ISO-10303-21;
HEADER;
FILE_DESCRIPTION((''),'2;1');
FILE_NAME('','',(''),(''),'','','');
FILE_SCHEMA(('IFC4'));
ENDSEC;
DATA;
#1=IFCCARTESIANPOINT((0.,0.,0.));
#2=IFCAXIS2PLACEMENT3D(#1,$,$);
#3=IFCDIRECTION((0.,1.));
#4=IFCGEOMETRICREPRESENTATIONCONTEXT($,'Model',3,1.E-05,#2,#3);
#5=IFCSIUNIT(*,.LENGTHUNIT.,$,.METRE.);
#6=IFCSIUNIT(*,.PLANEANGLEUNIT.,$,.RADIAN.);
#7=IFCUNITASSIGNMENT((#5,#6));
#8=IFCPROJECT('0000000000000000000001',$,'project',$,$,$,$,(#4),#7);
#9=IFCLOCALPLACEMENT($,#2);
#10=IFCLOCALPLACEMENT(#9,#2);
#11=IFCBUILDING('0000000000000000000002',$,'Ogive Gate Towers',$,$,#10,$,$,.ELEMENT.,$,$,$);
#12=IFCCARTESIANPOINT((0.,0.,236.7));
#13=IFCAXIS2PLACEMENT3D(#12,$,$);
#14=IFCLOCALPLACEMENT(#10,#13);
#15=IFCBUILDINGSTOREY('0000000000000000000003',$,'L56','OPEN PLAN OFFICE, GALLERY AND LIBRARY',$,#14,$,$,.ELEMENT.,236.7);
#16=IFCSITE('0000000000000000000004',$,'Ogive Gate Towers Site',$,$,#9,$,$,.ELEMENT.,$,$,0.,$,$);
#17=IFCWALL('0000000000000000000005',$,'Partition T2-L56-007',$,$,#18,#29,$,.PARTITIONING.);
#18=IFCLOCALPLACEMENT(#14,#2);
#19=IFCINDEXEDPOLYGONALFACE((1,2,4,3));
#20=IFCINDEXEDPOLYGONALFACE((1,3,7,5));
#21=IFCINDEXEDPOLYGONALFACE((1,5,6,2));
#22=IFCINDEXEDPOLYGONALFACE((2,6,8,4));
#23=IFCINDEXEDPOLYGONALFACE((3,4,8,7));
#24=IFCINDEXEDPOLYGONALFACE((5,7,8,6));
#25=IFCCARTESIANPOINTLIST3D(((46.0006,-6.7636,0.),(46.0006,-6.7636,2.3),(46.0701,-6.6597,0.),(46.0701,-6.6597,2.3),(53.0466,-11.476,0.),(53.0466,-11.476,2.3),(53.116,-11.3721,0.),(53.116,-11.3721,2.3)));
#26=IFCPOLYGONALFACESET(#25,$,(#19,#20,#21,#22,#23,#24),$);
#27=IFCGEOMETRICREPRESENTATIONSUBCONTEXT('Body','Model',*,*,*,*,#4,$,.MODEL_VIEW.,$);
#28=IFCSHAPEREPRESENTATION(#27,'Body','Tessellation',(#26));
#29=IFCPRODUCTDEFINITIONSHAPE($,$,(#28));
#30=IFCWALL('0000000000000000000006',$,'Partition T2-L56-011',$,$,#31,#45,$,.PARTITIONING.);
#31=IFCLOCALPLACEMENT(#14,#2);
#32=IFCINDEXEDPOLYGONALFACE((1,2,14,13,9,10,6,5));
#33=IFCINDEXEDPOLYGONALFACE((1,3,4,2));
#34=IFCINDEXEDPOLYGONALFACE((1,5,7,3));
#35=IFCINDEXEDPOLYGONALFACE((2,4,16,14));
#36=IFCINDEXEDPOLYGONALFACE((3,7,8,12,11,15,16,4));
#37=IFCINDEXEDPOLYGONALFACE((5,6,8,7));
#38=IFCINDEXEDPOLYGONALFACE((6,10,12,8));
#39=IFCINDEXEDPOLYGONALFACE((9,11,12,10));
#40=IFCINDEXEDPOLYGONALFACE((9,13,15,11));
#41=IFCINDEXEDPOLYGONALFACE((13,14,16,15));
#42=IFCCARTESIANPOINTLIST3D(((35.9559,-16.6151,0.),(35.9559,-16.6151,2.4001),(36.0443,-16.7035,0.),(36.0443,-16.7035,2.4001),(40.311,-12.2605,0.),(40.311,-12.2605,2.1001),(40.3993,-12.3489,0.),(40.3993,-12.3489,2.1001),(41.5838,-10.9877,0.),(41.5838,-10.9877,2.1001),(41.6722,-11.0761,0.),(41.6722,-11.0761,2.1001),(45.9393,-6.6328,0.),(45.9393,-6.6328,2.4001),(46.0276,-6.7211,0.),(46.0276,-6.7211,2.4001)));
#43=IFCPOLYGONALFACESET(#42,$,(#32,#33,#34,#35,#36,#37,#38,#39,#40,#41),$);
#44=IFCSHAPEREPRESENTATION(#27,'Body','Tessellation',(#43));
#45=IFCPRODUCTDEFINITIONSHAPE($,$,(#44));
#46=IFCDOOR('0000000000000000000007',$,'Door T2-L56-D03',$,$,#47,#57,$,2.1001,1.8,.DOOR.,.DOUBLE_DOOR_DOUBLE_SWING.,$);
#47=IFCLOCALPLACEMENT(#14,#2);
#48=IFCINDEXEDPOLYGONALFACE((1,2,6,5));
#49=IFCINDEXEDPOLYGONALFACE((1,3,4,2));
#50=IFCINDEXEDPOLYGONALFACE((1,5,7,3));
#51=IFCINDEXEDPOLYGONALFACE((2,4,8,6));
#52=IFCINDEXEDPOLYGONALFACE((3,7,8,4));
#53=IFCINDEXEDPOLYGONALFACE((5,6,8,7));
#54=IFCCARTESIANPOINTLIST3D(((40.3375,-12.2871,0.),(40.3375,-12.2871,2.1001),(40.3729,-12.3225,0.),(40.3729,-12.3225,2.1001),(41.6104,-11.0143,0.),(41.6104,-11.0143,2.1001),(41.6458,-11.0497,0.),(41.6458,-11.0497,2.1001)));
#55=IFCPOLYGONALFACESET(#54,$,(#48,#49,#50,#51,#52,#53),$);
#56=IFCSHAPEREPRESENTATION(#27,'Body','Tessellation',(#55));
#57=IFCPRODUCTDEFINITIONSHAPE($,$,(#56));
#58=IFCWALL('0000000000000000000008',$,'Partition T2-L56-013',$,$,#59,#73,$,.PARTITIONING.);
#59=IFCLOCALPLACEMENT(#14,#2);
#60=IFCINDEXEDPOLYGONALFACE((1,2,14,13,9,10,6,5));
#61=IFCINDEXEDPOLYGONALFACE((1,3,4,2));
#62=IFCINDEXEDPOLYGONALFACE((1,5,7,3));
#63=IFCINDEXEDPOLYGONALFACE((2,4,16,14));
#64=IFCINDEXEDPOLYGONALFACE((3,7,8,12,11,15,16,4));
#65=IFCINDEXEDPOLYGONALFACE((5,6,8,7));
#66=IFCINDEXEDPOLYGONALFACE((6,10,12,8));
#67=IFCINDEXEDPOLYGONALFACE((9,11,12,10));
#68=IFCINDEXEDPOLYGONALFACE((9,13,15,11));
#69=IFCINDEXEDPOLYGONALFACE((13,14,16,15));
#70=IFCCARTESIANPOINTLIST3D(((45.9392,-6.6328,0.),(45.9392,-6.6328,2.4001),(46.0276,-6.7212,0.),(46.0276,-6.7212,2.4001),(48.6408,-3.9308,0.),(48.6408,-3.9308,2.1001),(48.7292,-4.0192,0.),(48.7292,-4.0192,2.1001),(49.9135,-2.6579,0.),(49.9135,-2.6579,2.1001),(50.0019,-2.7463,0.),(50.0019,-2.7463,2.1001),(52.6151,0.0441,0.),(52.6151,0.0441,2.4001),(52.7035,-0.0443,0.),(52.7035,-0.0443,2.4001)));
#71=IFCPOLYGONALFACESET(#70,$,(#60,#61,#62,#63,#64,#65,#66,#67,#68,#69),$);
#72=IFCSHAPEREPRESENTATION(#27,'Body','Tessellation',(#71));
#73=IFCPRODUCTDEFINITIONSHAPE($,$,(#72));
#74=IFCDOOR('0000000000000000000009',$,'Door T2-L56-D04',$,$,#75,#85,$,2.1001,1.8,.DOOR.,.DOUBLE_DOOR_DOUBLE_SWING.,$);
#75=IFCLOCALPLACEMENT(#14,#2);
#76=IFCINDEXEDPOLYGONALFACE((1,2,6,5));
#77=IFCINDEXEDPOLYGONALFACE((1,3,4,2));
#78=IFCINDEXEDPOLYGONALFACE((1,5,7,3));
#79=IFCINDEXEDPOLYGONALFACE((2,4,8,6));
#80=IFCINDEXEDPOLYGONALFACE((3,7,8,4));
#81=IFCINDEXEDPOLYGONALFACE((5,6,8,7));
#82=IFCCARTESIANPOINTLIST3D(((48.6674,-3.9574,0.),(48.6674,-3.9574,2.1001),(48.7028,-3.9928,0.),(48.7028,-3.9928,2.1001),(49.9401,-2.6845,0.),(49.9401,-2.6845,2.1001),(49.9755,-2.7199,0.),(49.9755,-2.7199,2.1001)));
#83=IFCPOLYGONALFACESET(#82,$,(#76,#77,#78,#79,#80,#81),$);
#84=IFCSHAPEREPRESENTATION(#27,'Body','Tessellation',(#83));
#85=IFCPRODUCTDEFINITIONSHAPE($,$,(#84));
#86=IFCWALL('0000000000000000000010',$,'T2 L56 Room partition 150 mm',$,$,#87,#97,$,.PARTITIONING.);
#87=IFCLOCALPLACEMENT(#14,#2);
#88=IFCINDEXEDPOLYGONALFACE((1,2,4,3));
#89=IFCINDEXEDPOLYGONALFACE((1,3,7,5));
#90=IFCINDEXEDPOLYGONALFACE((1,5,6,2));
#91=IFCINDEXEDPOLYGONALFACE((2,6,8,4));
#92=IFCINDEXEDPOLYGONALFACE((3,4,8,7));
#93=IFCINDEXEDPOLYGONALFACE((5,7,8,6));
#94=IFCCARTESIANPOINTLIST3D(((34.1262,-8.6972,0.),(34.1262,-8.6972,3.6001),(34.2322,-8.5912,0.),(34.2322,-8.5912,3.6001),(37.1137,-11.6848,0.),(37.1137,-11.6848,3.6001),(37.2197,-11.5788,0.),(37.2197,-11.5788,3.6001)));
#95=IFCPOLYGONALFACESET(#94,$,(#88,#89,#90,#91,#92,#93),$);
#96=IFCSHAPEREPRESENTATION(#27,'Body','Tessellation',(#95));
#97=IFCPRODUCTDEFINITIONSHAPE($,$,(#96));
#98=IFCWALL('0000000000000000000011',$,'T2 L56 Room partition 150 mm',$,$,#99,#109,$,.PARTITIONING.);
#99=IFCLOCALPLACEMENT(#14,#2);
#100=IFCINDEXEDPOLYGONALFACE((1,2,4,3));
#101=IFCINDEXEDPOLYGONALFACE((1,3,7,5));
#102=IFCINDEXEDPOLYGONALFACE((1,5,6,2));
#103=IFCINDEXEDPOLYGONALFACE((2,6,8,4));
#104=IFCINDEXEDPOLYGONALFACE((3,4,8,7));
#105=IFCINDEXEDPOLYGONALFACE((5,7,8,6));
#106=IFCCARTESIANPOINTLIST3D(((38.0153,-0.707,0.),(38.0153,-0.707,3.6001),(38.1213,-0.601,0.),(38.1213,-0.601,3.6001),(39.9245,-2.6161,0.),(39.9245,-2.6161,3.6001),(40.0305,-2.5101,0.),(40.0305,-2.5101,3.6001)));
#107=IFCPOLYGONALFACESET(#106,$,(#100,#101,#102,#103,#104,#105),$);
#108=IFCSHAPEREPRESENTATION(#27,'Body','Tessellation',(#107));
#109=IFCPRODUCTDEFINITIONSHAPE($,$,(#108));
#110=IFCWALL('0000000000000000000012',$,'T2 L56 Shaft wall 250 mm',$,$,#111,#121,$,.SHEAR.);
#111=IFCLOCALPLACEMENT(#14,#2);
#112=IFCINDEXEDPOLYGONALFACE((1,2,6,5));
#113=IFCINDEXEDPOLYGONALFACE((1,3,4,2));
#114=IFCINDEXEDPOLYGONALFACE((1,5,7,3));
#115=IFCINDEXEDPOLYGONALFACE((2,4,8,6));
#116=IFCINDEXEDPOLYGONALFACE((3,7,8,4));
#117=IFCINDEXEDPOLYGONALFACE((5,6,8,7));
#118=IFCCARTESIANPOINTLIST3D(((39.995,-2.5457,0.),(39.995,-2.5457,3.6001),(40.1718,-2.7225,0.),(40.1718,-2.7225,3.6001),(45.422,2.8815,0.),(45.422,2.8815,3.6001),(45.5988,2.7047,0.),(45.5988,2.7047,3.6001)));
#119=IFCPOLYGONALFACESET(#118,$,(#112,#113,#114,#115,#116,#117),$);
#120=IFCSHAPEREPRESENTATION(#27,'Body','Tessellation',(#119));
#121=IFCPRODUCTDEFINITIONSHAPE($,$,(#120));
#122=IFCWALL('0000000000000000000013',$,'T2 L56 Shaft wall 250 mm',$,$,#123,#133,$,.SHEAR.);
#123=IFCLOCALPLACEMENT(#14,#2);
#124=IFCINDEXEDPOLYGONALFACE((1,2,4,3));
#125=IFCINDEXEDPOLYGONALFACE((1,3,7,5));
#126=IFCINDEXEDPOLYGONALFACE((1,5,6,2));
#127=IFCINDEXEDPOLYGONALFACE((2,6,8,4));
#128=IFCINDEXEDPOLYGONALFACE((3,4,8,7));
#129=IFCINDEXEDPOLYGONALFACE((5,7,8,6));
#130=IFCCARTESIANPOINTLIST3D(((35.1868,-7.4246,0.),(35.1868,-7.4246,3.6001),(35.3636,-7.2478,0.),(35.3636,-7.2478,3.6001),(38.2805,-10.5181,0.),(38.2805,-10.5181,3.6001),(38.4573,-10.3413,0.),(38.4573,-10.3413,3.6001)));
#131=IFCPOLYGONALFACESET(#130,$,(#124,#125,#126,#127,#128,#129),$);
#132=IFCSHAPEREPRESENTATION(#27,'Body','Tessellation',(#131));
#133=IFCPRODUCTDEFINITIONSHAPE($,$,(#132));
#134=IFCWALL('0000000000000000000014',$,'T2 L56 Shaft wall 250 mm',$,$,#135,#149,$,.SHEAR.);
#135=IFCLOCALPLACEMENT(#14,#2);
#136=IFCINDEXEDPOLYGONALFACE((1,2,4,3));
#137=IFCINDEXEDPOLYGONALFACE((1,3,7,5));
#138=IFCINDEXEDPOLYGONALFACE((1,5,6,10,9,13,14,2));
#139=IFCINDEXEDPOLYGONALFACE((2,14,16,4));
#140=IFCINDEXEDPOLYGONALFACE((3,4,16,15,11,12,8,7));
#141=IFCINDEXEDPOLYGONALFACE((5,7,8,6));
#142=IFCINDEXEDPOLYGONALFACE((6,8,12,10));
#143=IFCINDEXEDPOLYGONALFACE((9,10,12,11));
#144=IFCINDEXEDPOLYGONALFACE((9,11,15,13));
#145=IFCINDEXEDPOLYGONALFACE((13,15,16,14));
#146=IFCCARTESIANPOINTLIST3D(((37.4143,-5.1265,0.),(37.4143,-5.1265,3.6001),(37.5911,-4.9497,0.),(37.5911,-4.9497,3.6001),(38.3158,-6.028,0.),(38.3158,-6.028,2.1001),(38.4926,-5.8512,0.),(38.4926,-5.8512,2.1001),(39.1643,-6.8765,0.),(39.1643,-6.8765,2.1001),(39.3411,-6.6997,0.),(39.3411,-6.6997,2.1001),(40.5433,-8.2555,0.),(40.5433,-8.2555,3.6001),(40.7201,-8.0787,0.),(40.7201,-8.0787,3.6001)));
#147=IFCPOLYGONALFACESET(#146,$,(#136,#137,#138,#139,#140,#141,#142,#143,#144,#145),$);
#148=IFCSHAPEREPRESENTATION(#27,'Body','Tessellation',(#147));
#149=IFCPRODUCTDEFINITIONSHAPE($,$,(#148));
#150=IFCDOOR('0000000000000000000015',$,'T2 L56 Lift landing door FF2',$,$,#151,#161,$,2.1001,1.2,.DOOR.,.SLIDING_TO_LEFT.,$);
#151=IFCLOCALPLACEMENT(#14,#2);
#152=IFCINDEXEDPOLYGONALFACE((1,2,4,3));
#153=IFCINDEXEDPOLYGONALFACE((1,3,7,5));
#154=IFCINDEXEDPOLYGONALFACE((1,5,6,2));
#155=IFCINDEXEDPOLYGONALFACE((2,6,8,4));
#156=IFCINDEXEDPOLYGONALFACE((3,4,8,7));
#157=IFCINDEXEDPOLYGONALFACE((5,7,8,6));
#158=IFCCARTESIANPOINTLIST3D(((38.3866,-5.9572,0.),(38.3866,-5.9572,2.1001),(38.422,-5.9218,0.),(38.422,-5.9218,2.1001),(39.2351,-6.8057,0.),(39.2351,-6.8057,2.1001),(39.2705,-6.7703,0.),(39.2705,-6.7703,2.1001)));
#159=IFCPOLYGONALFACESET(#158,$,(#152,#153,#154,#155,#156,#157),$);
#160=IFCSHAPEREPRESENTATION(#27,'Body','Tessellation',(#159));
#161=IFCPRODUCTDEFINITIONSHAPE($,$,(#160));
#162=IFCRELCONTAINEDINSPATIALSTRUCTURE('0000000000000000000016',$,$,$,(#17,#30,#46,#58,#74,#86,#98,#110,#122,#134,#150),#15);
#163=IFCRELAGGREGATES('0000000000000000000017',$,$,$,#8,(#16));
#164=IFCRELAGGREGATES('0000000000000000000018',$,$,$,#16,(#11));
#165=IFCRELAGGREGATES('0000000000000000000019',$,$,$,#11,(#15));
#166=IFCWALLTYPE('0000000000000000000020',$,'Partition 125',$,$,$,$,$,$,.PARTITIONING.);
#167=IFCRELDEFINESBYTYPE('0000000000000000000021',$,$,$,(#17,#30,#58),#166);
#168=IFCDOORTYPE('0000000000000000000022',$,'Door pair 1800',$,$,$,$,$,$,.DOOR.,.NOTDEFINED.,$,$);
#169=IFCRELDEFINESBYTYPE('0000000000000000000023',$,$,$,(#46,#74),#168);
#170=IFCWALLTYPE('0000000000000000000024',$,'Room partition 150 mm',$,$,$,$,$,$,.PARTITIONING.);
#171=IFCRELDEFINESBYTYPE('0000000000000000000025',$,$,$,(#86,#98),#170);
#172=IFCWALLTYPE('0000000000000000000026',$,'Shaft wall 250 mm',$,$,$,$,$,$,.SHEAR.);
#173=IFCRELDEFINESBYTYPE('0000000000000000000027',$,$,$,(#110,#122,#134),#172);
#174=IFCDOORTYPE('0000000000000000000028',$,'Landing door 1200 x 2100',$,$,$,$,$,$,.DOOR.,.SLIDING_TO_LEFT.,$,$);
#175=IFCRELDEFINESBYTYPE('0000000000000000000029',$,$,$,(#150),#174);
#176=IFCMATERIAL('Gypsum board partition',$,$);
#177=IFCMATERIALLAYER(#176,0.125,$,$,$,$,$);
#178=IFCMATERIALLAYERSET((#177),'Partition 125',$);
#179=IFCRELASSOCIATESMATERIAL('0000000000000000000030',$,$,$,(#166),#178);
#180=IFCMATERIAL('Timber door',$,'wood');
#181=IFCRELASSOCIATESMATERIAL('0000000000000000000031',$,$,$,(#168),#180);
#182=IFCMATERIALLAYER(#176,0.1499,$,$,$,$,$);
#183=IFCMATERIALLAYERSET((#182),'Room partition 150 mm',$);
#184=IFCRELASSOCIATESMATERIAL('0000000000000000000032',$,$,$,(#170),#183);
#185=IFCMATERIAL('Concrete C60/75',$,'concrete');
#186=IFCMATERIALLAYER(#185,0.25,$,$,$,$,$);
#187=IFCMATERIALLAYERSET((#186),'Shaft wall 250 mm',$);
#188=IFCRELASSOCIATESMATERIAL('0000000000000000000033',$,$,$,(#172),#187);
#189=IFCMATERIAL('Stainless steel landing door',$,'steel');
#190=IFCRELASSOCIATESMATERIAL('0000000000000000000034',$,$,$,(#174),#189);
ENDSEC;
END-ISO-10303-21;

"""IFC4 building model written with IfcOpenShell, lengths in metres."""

from ifc_helpers import new_model, si_unit, direction, frame, frame_2d, origin, place, context, subcontext, project, spatial, rectangle, extrude, material, layer, layer_set, type_object, element, fill, save


model = new_model("IFC4")

# Units and contexts
model_context = context("Model", 3, precision=1e-05, world=origin(), true_north=direction((0.0, 1.0)))
body_context = subcontext(model_context, "Body", "Model", "MODEL_VIEW")
ifc_project = project(units=[si_unit("LENGTHUNIT", "METRE"), si_unit("PLANEANGLEUNIT", "RADIAN")], contexts=[model_context])

# Site, building, storey
site_placement = place(None, origin())
site = spatial("IfcSite", under=ifc_project, at=site_placement, Name="Ogive Gate Towers Site", CompositionType="ELEMENT", RefElevation=0.0)
building_placement = place(site_placement, origin())
building = spatial("IfcBuilding", under=site, at=building_placement, Name="Ogive Gate Towers", CompositionType="ELEMENT")
storey_placement = place(building_placement, frame((0.0, 0.0, 236.7)))
storey = spatial("IfcBuildingStorey", under=building, at=storey_placement, Name="L56", Description="OPEN PLAN OFFICE, GALLERY AND LIBRARY", CompositionType="ELEMENT", Elevation=236.7)

# Shared definitions
ifc_material_1 = material(Name="Concrete C60/75", Category="concrete")
ifc_material_2 = material(Name="Timber door", Category="wood")

# Wall
ifc_material_3 = material(Name="Gypsum board partition")
ifc_layer_1 = layer(ifc_material_3, 0.125)
ifc_layer_set_1 = layer_set([ifc_layer_1], Name="Partition 125")
wall_type_1 = type_object("IfcWallType", Name="Partition 125", PredefinedType="PARTITIONING", material=ifc_layer_set_1)
wall_1_placement = place(storey_placement, frame((53.0813, -11.4241, 0.0), z_axis=(0.0, 0.0, 1.0), x_axis=(-0.831225, 0.555936, 0.0)))
element("IfcWall", 1, at=wall_1_placement, inside=storey, type_object=wall_type_1, Name="Partition T2-L56-007", PredefinedType="PARTITIONING", context=body_context, shape_type="SweptSolid", body=[
    extrude(rectangle(XDim=8.4766, YDim=0.125, at=frame_2d((4.2383, 0.0))), origin(), (0.0, 0.0, 1.0), 2.3),
])

# Walls, openings, doors
wall_2_placement = place(storey_placement, frame((36.0, -16.6594, 0.0), z_axis=(0.0, 0.0, 1.0), x_axis=(0.707141, 0.707072, 0.0)))
wall_2 = element("IfcWall", 2, at=wall_2_placement, inside=storey, type_object=wall_type_1, Name="Partition T2-L56-011", PredefinedType="PARTITIONING", context=body_context, shape_type="SweptSolid", body=[
    extrude(rectangle(XDim=14.1179, YDim=0.125, at=frame_2d((7.0591, 0.0))), origin(), (0.0, 0.0, 1.0), 2.4001),
])
opening_1_placement = place(wall_2_placement, frame((6.1589, 0.0, 0.0)))
opening_1 = element("IfcOpeningElement", 3, at=opening_1_placement, cuts=wall_2, PredefinedType="OPENING", context=body_context, shape_type="SweptSolid", body=[
    extrude(rectangle(XDim=1.8, YDim=2.1001, at=frame_2d((0.8999, 1.05))), frame((0.0, 0.0725, 0.0), z_axis=(0.0, -1.0, 0.0), x_axis=(1.0, 0.0, 0.0)), (0.0, 0.0, 1.0), 0.145),
])
door_type_1 = type_object("IfcDoorType", Name="Door pair 1800", OperationType="NOTDEFINED", PredefinedType="DOOR", material=ifc_material_2)
door_1_placement = place(opening_1_placement, origin())
door_1 = element("IfcDoor", 4, at=door_1_placement, inside=storey, type_object=door_type_1, Name="Door T2-L56-D03", OperationType="DOUBLE_DOOR_DOUBLE_SWING", OverallHeight=2.1001, OverallWidth=1.8, PredefinedType="DOOR", context=body_context, shape_type="SweptSolid", body=[
    extrude(rectangle(XDim=1.8, YDim=2.1001, at=frame_2d((0.8999, 1.05))), frame((0.0, 0.0249, 0.0), z_axis=(0.0, -1.0, 0.0), x_axis=(1.0, 0.0, 0.0)), (0.0, 0.0, 1.0), 0.05),
])
fill(opening_1, door_1)
wall_3_placement = place(storey_placement, frame((45.9834, -6.677, 0.0), z_axis=(0.0, 0.0, 1.0), x_axis=(0.707055, 0.707158, 0.0)))
wall_3 = element("IfcWall", 5, at=wall_3_placement, inside=storey, type_object=wall_type_1, Name="Partition T2-L56-013", PredefinedType="PARTITIONING", context=body_context, shape_type="SweptSolid", body=[
    extrude(rectangle(XDim=9.4419, YDim=0.125, at=frame_2d((4.7209, 0.0))), origin(), (0.0, 0.0, 1.0), 2.4001),
])
opening_2_placement = place(wall_3_placement, frame((3.821, 0.0, 0.0)))
opening_2 = element("IfcOpeningElement", 6, at=opening_2_placement, cuts=wall_3, PredefinedType="OPENING", context=body_context, shape_type="SweptSolid", body=[
    extrude(rectangle(XDim=1.8, YDim=2.1001, at=frame_2d((0.8999, 1.05))), frame((0.0, 0.0725, 0.0), z_axis=(0.0, -1.0, 0.0), x_axis=(1.0, 0.0, 0.0)), (0.0, 0.0, 1.0), 0.145),
])
door_2_placement = place(opening_2_placement, origin())
door_2 = element("IfcDoor", 7, at=door_2_placement, inside=storey, type_object=door_type_1, Name="Door T2-L56-D04", OperationType="DOUBLE_DOOR_DOUBLE_SWING", OverallHeight=2.1001, OverallWidth=1.8, PredefinedType="DOOR", context=body_context, shape_type="SweptSolid", body=[
    extrude(rectangle(XDim=1.8, YDim=2.1001, at=frame_2d((0.8999, 1.05))), frame((0.0, 0.0249, 0.0), z_axis=(0.0, -1.0, 0.0), x_axis=(1.0, 0.0, 0.0)), (0.0, 0.0, 1.0), 0.05),
])
fill(opening_2, door_2)

# Walls
ifc_layer_2 = layer(ifc_material_3, 0.1499)
ifc_layer_set_2 = layer_set([ifc_layer_2], Name="Room partition 150 mm")
wall_type_2 = type_object("IfcWallType", Name="Room partition 150 mm", PredefinedType="PARTITIONING", material=ifc_layer_set_2)
wall_4_placement = place(storey_placement, frame((37.1667, -11.6318, 0.0), z_axis=(0.0, 0.0, 1.0), x_axis=(-0.707107, 0.707107, 0.0)))
element("IfcWall", 8, at=wall_4_placement, inside=storey, type_object=wall_type_2, Name="T2 L56 Room partition 150 mm", PredefinedType="PARTITIONING", context=body_context, shape_type="SweptSolid", body=[
    extrude(rectangle(XDim=4.2251, YDim=0.1499, at=frame_2d((2.1125, 0.0))), origin(), (0.0, 0.0, 1.0), 3.6001),
])
wall_5_placement = place(storey_placement, frame((39.9775, -2.5632, 0.0), z_axis=(0.0, 0.0, 1.0), x_axis=(-0.707107, 0.707107, 0.0)))
element("IfcWall", 9, at=wall_5_placement, inside=storey, type_object=wall_type_2, Name="T2 L56 Room partition 150 mm", PredefinedType="PARTITIONING", context=body_context, shape_type="SweptSolid", body=[
    extrude(rectangle(XDim=2.7, YDim=0.1499, at=frame_2d((1.3501, 0.0))), origin(), (0.0, 0.0, 1.0), 3.6001),
])
ifc_layer_3 = layer(ifc_material_1, 0.25)
ifc_layer_set_3 = layer_set([ifc_layer_3], Name="Shaft wall 250 mm")
wall_type_3 = type_object("IfcWallType", Name="Shaft wall 250 mm", PredefinedType="SHEAR", material=ifc_layer_set_3)
wall_6_placement = place(storey_placement, frame((40.0835, -2.634, 0.0), z_axis=(0.0, 0.0, 1.0), x_axis=(0.707091, 0.707123, 0.0)))
element("IfcWall", 10, at=wall_6_placement, inside=storey, type_object=wall_type_3, Name="T2 L56 Shaft wall 250 mm", PredefinedType="SHEAR", context=body_context, shape_type="SweptSolid", body=[
    extrude(rectangle(XDim=7.675, YDim=0.25, at=frame_2d((3.8374, 0.0))), origin(), (0.0, 0.0, 1.0), 3.6001),
])
wall_7_placement = place(storey_placement, frame((38.3689, -10.4297, 0.0), z_axis=(0.0, 0.0, 1.0), x_axis=(-0.707135, 0.707079, 0.0)))
element("IfcWall", 11, at=wall_7_placement, inside=storey, type_object=wall_type_3, Name="T2 L56 Shaft wall 250 mm", PredefinedType="SHEAR", context=body_context, shape_type="SweptSolid", body=[
    extrude(rectangle(XDim=4.375, YDim=0.25, at=frame_2d((2.1875, 0.0))), origin(), (0.0, 0.0, 1.0), 3.6001),
])

# Wall, opening, door
wall_8_placement = place(storey_placement, frame((40.6316, -8.167, 0.0), z_axis=(0.0, 0.0, 1.0), x_axis=(-0.707107, 0.707107, 0.0)))
wall_8 = element("IfcWall", 12, at=wall_8_placement, inside=storey, type_object=wall_type_3, Name="T2 L56 Shaft wall 250 mm", PredefinedType="SHEAR", context=body_context, shape_type="SweptSolid", body=[
    extrude(rectangle(XDim=4.425, YDim=0.25, at=frame_2d((2.2124, 0.0))), origin(), (0.0, 0.0, 1.0), 3.6001),
])
opening_3_placement = place(wall_8_placement, frame((1.95, 0.0, 0.0)))
opening_3 = element("IfcOpeningElement", 13, at=opening_3_placement, cuts=wall_8, PredefinedType="OPENING", context=body_context, shape_type="SweptSolid", body=[
    extrude(rectangle(XDim=1.2, YDim=2.1001, at=frame_2d((0.6001, 1.05))), frame((0.0, 0.135, 0.0), z_axis=(0.0, -1.0, 0.0), x_axis=(1.0, 0.0, 0.0)), (0.0, 0.0, 1.0), 0.27),
])
ifc_material_4 = material(Name="Stainless steel landing door", Category="steel")
door_type_2 = type_object("IfcDoorType", Name="Landing door 1200 x 2100", OperationType="SLIDING_TO_LEFT", PredefinedType="DOOR", material=ifc_material_4)
door_3_placement = place(opening_3_placement, origin())
door_3 = element("IfcDoor", 14, at=door_3_placement, inside=storey, type_object=door_type_2, Name="T2 L56 Lift landing door FF2", OperationType="SLIDING_TO_LEFT", OverallHeight=2.1001, OverallWidth=1.2, PredefinedType="DOOR", context=body_context, shape_type="SweptSolid", body=[
    extrude(rectangle(XDim=1.2, YDim=2.1001, at=frame_2d((0.6001, 1.05))), frame((0.0, 0.0249, 0.0), z_axis=(0.0, -1.0, 0.0), x_axis=(1.0, 0.0, 0.0)), (0.0, 0.0, 1.0), 0.05),
])
fill(opening_3, door_3)

save(model, "model.ifc")
